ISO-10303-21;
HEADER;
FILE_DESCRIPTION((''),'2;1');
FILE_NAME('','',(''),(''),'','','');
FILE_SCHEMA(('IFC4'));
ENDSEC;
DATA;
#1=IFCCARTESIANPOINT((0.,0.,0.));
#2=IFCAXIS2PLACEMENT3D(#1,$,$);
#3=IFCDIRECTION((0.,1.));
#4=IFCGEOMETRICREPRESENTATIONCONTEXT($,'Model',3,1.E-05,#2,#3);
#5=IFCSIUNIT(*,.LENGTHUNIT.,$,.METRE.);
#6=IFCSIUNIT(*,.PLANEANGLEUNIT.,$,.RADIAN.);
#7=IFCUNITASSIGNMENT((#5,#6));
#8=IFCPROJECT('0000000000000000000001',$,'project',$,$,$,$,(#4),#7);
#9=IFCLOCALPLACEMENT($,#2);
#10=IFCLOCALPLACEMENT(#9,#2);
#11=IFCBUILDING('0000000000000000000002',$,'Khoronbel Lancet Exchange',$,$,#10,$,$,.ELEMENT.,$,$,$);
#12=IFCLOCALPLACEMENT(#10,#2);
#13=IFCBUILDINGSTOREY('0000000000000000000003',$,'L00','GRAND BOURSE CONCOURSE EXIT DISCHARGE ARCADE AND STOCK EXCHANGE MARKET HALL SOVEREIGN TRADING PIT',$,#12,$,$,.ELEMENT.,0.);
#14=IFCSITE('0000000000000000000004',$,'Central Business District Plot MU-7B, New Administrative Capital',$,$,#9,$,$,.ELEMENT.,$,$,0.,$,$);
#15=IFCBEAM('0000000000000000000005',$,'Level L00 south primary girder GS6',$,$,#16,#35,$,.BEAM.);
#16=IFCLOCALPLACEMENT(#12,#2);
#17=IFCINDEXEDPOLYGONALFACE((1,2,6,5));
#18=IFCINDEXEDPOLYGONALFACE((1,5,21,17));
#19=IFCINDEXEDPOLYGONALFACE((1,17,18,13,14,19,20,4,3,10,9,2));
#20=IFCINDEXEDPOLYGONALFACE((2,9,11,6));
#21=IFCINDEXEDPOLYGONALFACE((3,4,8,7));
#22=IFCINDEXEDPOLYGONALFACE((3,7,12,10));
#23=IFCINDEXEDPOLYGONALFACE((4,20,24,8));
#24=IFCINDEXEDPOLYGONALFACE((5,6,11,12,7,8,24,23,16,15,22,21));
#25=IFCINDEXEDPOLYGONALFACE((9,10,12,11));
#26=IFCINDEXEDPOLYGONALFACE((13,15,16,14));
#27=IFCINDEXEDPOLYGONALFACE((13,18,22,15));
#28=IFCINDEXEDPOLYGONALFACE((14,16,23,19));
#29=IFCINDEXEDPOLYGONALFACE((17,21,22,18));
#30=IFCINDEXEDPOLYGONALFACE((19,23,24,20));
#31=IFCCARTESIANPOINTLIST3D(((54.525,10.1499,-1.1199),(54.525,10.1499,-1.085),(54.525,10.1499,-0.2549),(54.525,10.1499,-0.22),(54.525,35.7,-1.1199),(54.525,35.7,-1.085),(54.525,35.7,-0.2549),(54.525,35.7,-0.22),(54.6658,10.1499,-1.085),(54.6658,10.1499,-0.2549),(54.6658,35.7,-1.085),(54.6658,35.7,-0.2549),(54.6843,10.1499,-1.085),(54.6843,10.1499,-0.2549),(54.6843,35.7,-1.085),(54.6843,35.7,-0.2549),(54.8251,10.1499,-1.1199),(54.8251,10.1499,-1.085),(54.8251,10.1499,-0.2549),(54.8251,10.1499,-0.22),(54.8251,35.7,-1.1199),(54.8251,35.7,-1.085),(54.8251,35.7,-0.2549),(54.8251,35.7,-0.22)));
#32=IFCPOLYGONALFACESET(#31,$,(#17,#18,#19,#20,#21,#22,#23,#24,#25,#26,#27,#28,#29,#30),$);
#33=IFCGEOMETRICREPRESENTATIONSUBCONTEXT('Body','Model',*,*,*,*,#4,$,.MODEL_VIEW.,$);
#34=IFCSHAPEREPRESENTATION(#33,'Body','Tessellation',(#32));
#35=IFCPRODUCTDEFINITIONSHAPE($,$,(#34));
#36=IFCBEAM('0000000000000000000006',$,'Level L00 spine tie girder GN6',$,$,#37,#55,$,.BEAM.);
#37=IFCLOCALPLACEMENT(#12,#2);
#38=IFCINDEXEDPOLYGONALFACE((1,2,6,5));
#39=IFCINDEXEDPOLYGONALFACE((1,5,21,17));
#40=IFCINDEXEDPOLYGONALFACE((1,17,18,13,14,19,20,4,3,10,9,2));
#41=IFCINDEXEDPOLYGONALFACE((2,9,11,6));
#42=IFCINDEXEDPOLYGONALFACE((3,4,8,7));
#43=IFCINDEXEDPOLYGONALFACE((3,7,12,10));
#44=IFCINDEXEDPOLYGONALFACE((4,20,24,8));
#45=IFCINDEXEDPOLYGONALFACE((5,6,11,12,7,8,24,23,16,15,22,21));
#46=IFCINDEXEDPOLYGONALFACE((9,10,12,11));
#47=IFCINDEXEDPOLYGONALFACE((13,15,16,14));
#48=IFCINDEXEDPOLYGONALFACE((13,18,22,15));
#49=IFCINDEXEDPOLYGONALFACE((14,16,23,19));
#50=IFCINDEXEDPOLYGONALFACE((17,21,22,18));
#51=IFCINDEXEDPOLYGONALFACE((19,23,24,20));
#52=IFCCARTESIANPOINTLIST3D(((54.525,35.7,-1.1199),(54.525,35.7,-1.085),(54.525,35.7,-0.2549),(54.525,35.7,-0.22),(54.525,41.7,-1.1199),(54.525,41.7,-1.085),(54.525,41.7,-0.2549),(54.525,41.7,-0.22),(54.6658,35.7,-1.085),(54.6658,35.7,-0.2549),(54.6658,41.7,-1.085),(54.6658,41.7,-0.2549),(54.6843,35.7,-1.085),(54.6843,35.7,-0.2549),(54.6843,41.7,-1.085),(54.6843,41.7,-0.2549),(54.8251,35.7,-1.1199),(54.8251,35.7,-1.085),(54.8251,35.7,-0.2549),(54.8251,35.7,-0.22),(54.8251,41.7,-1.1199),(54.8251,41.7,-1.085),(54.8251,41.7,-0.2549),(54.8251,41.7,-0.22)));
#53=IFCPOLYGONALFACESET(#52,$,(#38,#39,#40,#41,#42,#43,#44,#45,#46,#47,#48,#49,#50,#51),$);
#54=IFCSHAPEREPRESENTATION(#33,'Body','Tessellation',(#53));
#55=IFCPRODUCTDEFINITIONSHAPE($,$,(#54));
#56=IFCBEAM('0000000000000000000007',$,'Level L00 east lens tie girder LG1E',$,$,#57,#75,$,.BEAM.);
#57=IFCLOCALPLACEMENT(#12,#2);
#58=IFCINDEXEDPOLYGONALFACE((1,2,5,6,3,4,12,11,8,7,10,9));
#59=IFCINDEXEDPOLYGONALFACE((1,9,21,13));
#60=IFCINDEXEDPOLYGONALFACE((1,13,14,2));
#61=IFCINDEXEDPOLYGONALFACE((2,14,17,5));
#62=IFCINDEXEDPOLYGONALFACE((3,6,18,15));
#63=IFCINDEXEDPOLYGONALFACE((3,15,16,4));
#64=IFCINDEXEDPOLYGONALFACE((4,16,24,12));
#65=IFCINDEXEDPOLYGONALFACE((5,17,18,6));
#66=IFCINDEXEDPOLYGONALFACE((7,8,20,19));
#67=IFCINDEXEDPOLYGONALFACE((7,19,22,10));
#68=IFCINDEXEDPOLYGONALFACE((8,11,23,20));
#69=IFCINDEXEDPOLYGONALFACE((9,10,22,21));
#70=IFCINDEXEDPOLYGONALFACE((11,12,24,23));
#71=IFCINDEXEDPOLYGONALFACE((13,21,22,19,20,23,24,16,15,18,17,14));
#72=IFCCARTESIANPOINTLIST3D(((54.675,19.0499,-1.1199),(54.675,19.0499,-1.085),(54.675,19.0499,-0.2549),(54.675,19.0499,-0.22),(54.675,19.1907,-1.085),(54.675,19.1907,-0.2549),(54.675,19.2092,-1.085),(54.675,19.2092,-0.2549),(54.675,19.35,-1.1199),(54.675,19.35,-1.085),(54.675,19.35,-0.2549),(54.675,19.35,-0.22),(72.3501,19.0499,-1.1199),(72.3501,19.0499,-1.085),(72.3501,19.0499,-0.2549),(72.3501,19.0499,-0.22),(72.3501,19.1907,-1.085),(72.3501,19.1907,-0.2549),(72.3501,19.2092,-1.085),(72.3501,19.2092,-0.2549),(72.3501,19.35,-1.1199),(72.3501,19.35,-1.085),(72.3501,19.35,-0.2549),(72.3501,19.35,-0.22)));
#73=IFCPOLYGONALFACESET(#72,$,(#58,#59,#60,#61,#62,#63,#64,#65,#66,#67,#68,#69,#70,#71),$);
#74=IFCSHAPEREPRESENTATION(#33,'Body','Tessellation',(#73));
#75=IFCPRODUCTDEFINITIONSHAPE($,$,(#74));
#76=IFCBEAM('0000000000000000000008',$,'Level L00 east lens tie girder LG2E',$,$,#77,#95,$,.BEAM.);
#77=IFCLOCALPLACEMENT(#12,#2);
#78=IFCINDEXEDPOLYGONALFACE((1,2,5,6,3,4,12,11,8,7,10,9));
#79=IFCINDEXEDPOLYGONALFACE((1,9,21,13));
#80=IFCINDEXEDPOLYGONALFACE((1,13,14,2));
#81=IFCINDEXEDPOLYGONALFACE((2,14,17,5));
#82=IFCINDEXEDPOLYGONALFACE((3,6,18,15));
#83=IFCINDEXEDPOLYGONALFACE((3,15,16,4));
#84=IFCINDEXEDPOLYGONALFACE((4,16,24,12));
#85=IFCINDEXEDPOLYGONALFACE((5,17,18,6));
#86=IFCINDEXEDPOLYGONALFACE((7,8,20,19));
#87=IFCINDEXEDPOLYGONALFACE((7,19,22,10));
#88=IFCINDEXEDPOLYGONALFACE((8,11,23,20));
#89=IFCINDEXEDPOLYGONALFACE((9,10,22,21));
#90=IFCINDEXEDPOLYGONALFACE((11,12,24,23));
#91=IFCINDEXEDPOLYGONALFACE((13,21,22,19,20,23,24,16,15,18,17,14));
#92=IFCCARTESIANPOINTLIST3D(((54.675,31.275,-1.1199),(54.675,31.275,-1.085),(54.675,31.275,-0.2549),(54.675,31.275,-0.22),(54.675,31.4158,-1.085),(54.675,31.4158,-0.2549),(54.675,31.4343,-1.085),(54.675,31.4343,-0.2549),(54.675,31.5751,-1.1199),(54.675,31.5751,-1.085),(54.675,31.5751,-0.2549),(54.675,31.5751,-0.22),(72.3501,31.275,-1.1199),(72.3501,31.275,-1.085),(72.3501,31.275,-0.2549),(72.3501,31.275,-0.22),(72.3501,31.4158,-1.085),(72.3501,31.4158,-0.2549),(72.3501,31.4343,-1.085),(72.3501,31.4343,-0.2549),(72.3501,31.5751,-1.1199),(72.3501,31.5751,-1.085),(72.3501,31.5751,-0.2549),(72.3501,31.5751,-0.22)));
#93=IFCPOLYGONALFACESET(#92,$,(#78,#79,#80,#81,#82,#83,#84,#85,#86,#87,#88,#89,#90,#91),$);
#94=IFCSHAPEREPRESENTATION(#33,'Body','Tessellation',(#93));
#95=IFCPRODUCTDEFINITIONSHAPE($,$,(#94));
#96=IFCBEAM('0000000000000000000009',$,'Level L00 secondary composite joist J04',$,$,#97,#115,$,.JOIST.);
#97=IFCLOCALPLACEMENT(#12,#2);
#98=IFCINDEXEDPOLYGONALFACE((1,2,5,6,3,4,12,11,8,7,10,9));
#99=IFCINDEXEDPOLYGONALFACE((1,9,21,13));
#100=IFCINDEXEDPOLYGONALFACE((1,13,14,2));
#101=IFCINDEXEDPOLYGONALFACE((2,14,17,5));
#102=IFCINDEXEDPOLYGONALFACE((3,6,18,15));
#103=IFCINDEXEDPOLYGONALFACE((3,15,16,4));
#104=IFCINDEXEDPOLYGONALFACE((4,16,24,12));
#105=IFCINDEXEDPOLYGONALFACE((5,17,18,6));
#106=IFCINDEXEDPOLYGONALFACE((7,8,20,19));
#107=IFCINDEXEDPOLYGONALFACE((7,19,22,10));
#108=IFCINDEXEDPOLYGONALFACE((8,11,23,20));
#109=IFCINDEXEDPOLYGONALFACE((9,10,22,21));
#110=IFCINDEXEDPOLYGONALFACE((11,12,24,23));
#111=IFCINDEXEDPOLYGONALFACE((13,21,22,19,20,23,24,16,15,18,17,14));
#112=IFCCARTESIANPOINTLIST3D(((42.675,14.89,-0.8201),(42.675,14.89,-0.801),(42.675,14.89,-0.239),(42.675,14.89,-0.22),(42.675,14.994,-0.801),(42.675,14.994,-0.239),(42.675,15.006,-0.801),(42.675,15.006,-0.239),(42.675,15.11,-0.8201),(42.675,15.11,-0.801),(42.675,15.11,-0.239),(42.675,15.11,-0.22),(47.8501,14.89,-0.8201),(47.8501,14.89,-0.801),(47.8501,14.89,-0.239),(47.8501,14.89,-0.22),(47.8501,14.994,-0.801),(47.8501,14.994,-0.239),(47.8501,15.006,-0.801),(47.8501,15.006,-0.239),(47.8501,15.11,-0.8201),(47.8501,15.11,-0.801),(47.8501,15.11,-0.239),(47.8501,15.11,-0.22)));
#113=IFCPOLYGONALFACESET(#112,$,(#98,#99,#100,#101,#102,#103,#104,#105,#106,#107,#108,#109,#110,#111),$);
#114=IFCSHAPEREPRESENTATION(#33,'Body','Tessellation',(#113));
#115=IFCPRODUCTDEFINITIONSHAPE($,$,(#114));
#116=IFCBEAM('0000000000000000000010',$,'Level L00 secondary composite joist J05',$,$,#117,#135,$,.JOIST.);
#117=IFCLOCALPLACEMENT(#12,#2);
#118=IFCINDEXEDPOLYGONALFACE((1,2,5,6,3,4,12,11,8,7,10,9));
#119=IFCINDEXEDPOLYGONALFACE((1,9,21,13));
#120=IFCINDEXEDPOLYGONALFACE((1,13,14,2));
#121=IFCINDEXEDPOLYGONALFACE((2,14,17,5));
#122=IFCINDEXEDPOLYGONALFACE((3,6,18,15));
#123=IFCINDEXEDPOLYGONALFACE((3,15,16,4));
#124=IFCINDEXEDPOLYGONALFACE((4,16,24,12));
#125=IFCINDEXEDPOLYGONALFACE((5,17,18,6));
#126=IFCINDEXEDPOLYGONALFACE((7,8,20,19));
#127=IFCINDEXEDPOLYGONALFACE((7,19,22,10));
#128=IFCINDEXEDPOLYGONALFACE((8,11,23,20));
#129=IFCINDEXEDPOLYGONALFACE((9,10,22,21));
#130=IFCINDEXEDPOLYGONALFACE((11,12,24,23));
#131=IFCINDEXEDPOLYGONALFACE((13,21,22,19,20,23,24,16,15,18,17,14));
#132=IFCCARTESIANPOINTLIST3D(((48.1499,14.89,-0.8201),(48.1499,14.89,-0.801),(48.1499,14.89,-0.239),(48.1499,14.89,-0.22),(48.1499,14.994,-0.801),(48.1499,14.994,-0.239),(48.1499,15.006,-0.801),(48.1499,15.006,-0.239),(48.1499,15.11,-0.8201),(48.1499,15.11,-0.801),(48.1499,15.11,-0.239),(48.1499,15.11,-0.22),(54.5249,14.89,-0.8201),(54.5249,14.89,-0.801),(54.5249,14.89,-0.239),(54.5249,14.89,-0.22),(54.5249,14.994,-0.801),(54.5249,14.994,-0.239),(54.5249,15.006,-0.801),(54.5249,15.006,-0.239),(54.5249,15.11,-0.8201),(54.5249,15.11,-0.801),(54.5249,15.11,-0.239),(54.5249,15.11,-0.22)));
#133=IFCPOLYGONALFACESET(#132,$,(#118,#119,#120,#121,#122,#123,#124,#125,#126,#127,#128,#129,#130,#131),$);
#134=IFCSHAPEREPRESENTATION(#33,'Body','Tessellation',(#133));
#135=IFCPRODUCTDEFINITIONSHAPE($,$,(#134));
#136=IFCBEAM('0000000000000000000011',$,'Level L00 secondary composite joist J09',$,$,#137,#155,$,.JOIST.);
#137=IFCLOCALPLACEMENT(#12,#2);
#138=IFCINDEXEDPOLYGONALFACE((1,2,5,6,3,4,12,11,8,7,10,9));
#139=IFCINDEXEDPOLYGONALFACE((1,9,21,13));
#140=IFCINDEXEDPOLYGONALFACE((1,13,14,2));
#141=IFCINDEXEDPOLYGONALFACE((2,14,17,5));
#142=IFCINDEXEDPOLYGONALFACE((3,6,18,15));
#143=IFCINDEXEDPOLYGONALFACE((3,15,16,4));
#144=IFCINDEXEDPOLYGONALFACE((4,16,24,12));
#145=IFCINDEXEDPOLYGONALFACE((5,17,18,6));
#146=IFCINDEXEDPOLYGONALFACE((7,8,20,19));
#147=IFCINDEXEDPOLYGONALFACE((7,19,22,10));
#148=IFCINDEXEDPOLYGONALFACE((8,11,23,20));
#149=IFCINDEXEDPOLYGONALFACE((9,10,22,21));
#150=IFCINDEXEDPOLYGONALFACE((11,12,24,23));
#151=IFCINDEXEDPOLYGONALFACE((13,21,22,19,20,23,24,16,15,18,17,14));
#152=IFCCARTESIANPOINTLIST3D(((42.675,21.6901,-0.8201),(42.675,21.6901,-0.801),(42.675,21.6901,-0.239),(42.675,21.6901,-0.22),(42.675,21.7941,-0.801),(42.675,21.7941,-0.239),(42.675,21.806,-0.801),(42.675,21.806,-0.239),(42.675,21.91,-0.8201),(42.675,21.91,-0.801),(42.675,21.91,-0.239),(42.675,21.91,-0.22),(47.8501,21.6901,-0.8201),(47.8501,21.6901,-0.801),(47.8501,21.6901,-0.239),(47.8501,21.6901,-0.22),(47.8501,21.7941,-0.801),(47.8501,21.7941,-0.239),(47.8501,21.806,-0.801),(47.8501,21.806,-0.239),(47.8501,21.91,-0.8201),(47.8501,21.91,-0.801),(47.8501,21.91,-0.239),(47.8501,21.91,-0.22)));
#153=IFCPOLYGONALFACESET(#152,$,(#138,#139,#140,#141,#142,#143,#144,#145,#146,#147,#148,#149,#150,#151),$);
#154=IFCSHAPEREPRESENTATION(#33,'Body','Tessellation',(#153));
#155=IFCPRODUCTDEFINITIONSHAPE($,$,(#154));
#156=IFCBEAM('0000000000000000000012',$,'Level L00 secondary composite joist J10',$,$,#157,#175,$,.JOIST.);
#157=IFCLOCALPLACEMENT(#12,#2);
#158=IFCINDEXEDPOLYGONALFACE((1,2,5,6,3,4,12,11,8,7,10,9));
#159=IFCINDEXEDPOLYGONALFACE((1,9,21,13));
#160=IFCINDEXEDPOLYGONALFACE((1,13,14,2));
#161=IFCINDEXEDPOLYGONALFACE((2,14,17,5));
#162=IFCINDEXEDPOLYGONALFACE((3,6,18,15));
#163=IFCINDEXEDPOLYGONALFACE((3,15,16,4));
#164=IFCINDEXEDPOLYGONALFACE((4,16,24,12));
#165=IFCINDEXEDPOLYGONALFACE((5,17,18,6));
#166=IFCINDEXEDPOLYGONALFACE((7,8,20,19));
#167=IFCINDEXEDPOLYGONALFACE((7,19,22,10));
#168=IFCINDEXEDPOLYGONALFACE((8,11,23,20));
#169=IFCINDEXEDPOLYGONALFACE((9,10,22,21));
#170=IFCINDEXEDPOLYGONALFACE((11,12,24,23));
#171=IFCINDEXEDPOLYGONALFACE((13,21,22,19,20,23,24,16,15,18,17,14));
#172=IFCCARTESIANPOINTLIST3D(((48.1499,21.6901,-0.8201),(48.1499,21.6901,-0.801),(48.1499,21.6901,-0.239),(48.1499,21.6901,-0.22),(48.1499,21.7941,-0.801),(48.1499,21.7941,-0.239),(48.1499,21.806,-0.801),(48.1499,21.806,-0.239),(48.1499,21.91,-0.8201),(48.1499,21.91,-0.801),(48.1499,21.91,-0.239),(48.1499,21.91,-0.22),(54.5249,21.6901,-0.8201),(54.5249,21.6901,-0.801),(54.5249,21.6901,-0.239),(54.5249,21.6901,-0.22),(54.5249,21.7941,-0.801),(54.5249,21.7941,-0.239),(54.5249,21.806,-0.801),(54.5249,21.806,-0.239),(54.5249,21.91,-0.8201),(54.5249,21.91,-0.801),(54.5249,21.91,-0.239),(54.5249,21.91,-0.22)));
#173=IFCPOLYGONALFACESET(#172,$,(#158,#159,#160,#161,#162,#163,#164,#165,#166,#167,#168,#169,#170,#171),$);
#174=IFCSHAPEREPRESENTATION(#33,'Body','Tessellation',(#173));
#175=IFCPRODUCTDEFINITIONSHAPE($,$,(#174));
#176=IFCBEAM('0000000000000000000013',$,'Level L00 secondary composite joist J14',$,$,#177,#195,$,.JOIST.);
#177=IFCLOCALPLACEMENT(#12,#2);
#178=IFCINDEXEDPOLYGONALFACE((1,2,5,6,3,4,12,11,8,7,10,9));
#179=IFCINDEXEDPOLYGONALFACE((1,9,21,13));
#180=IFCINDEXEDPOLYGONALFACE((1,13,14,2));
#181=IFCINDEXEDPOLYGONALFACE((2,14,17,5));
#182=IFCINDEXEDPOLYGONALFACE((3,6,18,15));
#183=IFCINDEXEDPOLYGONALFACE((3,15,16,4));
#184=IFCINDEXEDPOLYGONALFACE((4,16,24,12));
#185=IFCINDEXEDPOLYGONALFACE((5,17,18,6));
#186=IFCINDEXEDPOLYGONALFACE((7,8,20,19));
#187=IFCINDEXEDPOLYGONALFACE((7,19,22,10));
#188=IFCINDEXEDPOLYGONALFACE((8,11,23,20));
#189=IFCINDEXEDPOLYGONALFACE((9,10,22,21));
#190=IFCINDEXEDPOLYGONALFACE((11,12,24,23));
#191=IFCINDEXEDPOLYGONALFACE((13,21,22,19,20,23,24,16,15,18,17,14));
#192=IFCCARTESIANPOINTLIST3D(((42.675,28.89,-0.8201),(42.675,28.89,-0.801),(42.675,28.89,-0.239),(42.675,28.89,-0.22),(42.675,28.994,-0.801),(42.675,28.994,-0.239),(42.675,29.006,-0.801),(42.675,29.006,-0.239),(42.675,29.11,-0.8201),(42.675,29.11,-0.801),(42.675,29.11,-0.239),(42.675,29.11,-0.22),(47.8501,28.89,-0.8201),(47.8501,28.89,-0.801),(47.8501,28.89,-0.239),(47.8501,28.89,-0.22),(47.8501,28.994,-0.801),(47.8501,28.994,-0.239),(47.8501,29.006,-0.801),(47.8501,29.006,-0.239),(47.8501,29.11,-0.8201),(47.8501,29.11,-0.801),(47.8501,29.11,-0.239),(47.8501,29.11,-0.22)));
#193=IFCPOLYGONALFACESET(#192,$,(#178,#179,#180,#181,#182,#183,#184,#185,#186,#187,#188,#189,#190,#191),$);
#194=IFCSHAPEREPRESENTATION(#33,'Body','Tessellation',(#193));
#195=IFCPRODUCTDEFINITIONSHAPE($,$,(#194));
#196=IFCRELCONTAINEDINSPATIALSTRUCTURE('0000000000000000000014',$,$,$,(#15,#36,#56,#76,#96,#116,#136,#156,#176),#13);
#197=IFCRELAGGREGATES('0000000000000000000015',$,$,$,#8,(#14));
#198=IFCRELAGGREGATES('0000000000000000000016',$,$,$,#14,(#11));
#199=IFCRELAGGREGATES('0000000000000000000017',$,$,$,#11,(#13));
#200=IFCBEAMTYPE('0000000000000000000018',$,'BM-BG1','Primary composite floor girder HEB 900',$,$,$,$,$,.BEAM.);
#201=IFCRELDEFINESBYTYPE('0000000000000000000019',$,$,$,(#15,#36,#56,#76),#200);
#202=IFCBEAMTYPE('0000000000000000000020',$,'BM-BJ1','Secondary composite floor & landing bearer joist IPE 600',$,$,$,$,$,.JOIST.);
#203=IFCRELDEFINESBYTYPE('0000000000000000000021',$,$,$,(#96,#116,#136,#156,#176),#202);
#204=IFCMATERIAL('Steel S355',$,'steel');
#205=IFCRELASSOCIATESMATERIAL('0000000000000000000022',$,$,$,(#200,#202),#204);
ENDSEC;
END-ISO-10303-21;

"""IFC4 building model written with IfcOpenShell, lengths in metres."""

from ifc_helpers import new_model, si_unit, direction, frame, origin, origin_2d, place, context, subcontext, project, spatial, i_section, extrude, material, material_profile, profile_set, type_object, element, save


model = new_model("IFC4")

# Units and contexts
model_context = context("Model", 3, precision=1e-05, world=origin(), true_north=direction((0.0, 1.0)))
body_context = subcontext(model_context, "Body", "Model", "MODEL_VIEW")
ifc_project = project(units=[si_unit("LENGTHUNIT", "METRE"), si_unit("PLANEANGLEUNIT", "RADIAN")], contexts=[model_context])

# Site, building, storey
site_placement = place(None, origin())
site = spatial("IfcSite", under=ifc_project, at=site_placement, Name="Central Business District Plot MU-7B, New Administrative Capital", CompositionType="ELEMENT", RefElevation=0.0)
building_placement = place(site_placement, origin())
building = spatial("IfcBuilding", under=site, at=building_placement, Name="Khoronbel Lancet Exchange", CompositionType="ELEMENT")
storey_placement = place(building_placement, origin())
storey = spatial("IfcBuildingStorey", under=building, at=storey_placement, Name="L00", Description="GRAND BOURSE CONCOURSE EXIT DISCHARGE ARCADE AND STOCK EXCHANGE MARKET HALL SOVEREIGN TRADING PIT", CompositionType="ELEMENT", Elevation=0.0)

# Beams
ifc_material_1 = material(Name="Steel S355", Category="steel")
ifc_material_profile_1 = material_profile(ifc_material_1, i_section(OverallWidth=0.3, OverallDepth=0.8999, WebThickness=0.0186, FlangeThickness=0.0349, at=origin_2d()), Name="HEB 900")
ifc_profile_set_1 = profile_set([ifc_material_profile_1], Name="Steel S355")
beam_type_1 = type_object("IfcBeamType", Name="BM-BG1", Description="Primary composite floor girder HEB 900", PredefinedType="BEAM", material=ifc_profile_set_1)
beam_1_placement = place(storey_placement, frame((54.675, 10.1499, -0.6699), z_axis=(0.0, 1.0, 0.0), x_axis=(-1.0, 0.0, 0.0)))
element("IfcBeam", 1, at=beam_1_placement, inside=storey, type_object=beam_type_1, Name="Level L00 south primary girder GS6", PredefinedType="BEAM", context=body_context, shape_type="SweptSolid", body=[
    extrude(i_section(OverallWidth=0.3, OverallDepth=0.8999, WebThickness=0.0186, FlangeThickness=0.0349, at=origin_2d()), origin(), (0.0, 0.0, 1.0), 25.55),
])
beam_2_placement = place(storey_placement, frame((54.675, 35.7, -0.6699), z_axis=(0.0, 1.0, 0.0), x_axis=(-1.0, 0.0, 0.0)))
element("IfcBeam", 2, at=beam_2_placement, inside=storey, type_object=beam_type_1, Name="Level L00 spine tie girder GN6", PredefinedType="BEAM", context=body_context, shape_type="SweptSolid", body=[
    extrude(i_section(OverallWidth=0.3, OverallDepth=0.8999, WebThickness=0.0186, FlangeThickness=0.0349, at=origin_2d()), origin(), (0.0, 0.0, 1.0), 6.0),
])
for number, where, z_axis, x_axis, name in (
    (3, (54.675, 19.2, -0.6699), (1.0, 0.0, 0.0), (0.0, 1.0, 0.0), "Level L00 east lens tie girder LG1E"),
    (4, (54.675, 31.425, -0.6699), (1.0, 0.0, 0.0), (0.0, 1.0, 0.0), "Level L00 east lens tie girder LG2E"),
):
    element("IfcBeam", number, at=place(storey_placement, frame(where, z_axis=z_axis, x_axis=x_axis)), inside=storey, type_object=beam_type_1, Name=name, PredefinedType="BEAM", context=body_context, shape_type="SweptSolid", body=[
        extrude(i_section(OverallWidth=0.3, OverallDepth=0.8999, WebThickness=0.0186, FlangeThickness=0.0349, at=origin_2d()), origin(), (0.0, 0.0, 1.0), 17.675),
    ])
ifc_material_profile_2 = material_profile(ifc_material_1, i_section(OverallWidth=0.22, OverallDepth=0.6001, WebThickness=0.012, FlangeThickness=0.019, at=origin_2d()), Name="IPE 600")
ifc_profile_set_2 = profile_set([ifc_material_profile_2], Name="Steel S355")
beam_type_2 = type_object("IfcBeamType", Name="BM-BJ1", Description="Secondary composite floor & landing bearer joist IPE 600", PredefinedType="JOIST", material=ifc_profile_set_2)
beam_3_placement = place(storey_placement, frame((42.675, 15.0, -0.52), z_axis=(1.0, 0.0, 0.0), x_axis=(0.0, 1.0, 0.0)))
element("IfcBeam", 5, at=beam_3_placement, inside=storey, type_object=beam_type_2, Name="Level L00 secondary composite joist J04", PredefinedType="JOIST", context=body_context, shape_type="SweptSolid", body=[
    extrude(i_section(OverallWidth=0.22, OverallDepth=0.6001, WebThickness=0.012, FlangeThickness=0.019, at=origin_2d()), origin(), (0.0, 0.0, 1.0), 5.175),
])
beam_4_placement = place(storey_placement, frame((48.1499, 15.0, -0.52), z_axis=(1.0, 0.0, 0.0), x_axis=(0.0, 1.0, 0.0)))
element("IfcBeam", 6, at=beam_4_placement, inside=storey, type_object=beam_type_2, Name="Level L00 secondary composite joist J05", PredefinedType="JOIST", context=body_context, shape_type="SweptSolid", body=[
    extrude(i_section(OverallWidth=0.22, OverallDepth=0.6001, WebThickness=0.012, FlangeThickness=0.019, at=origin_2d()), origin(), (0.0, 0.0, 1.0), 6.375),
])
beam_5_placement = place(storey_placement, frame((42.675, 21.8, -0.52), z_axis=(1.0, 0.0, 0.0), x_axis=(0.0, 1.0, 0.0)))
element("IfcBeam", 7, at=beam_5_placement, inside=storey, type_object=beam_type_2, Name="Level L00 secondary composite joist J09", PredefinedType="JOIST", context=body_context, shape_type="SweptSolid", body=[
    extrude(i_section(OverallWidth=0.22, OverallDepth=0.6001, WebThickness=0.012, FlangeThickness=0.019, at=origin_2d()), origin(), (0.0, 0.0, 1.0), 5.175),
])
beam_6_placement = place(storey_placement, frame((48.1499, 21.8, -0.52), z_axis=(1.0, 0.0, 0.0), x_axis=(0.0, 1.0, 0.0)))
element("IfcBeam", 8, at=beam_6_placement, inside=storey, type_object=beam_type_2, Name="Level L00 secondary composite joist J10", PredefinedType="JOIST", context=body_context, shape_type="SweptSolid", body=[
    extrude(i_section(OverallWidth=0.22, OverallDepth=0.6001, WebThickness=0.012, FlangeThickness=0.019, at=origin_2d()), origin(), (0.0, 0.0, 1.0), 6.375),
])
beam_7_placement = place(storey_placement, frame((42.675, 29.0, -0.52), z_axis=(1.0, 0.0, 0.0), x_axis=(0.0, 1.0, 0.0)))
element("IfcBeam", 9, at=beam_7_placement, inside=storey, type_object=beam_type_2, Name="Level L00 secondary composite joist J14", PredefinedType="JOIST", context=body_context, shape_type="SweptSolid", body=[
    extrude(i_section(OverallWidth=0.22, OverallDepth=0.6001, WebThickness=0.012, FlangeThickness=0.019, at=origin_2d()), origin(), (0.0, 0.0, 1.0), 5.175),
])

save(model, "model.ifc")
